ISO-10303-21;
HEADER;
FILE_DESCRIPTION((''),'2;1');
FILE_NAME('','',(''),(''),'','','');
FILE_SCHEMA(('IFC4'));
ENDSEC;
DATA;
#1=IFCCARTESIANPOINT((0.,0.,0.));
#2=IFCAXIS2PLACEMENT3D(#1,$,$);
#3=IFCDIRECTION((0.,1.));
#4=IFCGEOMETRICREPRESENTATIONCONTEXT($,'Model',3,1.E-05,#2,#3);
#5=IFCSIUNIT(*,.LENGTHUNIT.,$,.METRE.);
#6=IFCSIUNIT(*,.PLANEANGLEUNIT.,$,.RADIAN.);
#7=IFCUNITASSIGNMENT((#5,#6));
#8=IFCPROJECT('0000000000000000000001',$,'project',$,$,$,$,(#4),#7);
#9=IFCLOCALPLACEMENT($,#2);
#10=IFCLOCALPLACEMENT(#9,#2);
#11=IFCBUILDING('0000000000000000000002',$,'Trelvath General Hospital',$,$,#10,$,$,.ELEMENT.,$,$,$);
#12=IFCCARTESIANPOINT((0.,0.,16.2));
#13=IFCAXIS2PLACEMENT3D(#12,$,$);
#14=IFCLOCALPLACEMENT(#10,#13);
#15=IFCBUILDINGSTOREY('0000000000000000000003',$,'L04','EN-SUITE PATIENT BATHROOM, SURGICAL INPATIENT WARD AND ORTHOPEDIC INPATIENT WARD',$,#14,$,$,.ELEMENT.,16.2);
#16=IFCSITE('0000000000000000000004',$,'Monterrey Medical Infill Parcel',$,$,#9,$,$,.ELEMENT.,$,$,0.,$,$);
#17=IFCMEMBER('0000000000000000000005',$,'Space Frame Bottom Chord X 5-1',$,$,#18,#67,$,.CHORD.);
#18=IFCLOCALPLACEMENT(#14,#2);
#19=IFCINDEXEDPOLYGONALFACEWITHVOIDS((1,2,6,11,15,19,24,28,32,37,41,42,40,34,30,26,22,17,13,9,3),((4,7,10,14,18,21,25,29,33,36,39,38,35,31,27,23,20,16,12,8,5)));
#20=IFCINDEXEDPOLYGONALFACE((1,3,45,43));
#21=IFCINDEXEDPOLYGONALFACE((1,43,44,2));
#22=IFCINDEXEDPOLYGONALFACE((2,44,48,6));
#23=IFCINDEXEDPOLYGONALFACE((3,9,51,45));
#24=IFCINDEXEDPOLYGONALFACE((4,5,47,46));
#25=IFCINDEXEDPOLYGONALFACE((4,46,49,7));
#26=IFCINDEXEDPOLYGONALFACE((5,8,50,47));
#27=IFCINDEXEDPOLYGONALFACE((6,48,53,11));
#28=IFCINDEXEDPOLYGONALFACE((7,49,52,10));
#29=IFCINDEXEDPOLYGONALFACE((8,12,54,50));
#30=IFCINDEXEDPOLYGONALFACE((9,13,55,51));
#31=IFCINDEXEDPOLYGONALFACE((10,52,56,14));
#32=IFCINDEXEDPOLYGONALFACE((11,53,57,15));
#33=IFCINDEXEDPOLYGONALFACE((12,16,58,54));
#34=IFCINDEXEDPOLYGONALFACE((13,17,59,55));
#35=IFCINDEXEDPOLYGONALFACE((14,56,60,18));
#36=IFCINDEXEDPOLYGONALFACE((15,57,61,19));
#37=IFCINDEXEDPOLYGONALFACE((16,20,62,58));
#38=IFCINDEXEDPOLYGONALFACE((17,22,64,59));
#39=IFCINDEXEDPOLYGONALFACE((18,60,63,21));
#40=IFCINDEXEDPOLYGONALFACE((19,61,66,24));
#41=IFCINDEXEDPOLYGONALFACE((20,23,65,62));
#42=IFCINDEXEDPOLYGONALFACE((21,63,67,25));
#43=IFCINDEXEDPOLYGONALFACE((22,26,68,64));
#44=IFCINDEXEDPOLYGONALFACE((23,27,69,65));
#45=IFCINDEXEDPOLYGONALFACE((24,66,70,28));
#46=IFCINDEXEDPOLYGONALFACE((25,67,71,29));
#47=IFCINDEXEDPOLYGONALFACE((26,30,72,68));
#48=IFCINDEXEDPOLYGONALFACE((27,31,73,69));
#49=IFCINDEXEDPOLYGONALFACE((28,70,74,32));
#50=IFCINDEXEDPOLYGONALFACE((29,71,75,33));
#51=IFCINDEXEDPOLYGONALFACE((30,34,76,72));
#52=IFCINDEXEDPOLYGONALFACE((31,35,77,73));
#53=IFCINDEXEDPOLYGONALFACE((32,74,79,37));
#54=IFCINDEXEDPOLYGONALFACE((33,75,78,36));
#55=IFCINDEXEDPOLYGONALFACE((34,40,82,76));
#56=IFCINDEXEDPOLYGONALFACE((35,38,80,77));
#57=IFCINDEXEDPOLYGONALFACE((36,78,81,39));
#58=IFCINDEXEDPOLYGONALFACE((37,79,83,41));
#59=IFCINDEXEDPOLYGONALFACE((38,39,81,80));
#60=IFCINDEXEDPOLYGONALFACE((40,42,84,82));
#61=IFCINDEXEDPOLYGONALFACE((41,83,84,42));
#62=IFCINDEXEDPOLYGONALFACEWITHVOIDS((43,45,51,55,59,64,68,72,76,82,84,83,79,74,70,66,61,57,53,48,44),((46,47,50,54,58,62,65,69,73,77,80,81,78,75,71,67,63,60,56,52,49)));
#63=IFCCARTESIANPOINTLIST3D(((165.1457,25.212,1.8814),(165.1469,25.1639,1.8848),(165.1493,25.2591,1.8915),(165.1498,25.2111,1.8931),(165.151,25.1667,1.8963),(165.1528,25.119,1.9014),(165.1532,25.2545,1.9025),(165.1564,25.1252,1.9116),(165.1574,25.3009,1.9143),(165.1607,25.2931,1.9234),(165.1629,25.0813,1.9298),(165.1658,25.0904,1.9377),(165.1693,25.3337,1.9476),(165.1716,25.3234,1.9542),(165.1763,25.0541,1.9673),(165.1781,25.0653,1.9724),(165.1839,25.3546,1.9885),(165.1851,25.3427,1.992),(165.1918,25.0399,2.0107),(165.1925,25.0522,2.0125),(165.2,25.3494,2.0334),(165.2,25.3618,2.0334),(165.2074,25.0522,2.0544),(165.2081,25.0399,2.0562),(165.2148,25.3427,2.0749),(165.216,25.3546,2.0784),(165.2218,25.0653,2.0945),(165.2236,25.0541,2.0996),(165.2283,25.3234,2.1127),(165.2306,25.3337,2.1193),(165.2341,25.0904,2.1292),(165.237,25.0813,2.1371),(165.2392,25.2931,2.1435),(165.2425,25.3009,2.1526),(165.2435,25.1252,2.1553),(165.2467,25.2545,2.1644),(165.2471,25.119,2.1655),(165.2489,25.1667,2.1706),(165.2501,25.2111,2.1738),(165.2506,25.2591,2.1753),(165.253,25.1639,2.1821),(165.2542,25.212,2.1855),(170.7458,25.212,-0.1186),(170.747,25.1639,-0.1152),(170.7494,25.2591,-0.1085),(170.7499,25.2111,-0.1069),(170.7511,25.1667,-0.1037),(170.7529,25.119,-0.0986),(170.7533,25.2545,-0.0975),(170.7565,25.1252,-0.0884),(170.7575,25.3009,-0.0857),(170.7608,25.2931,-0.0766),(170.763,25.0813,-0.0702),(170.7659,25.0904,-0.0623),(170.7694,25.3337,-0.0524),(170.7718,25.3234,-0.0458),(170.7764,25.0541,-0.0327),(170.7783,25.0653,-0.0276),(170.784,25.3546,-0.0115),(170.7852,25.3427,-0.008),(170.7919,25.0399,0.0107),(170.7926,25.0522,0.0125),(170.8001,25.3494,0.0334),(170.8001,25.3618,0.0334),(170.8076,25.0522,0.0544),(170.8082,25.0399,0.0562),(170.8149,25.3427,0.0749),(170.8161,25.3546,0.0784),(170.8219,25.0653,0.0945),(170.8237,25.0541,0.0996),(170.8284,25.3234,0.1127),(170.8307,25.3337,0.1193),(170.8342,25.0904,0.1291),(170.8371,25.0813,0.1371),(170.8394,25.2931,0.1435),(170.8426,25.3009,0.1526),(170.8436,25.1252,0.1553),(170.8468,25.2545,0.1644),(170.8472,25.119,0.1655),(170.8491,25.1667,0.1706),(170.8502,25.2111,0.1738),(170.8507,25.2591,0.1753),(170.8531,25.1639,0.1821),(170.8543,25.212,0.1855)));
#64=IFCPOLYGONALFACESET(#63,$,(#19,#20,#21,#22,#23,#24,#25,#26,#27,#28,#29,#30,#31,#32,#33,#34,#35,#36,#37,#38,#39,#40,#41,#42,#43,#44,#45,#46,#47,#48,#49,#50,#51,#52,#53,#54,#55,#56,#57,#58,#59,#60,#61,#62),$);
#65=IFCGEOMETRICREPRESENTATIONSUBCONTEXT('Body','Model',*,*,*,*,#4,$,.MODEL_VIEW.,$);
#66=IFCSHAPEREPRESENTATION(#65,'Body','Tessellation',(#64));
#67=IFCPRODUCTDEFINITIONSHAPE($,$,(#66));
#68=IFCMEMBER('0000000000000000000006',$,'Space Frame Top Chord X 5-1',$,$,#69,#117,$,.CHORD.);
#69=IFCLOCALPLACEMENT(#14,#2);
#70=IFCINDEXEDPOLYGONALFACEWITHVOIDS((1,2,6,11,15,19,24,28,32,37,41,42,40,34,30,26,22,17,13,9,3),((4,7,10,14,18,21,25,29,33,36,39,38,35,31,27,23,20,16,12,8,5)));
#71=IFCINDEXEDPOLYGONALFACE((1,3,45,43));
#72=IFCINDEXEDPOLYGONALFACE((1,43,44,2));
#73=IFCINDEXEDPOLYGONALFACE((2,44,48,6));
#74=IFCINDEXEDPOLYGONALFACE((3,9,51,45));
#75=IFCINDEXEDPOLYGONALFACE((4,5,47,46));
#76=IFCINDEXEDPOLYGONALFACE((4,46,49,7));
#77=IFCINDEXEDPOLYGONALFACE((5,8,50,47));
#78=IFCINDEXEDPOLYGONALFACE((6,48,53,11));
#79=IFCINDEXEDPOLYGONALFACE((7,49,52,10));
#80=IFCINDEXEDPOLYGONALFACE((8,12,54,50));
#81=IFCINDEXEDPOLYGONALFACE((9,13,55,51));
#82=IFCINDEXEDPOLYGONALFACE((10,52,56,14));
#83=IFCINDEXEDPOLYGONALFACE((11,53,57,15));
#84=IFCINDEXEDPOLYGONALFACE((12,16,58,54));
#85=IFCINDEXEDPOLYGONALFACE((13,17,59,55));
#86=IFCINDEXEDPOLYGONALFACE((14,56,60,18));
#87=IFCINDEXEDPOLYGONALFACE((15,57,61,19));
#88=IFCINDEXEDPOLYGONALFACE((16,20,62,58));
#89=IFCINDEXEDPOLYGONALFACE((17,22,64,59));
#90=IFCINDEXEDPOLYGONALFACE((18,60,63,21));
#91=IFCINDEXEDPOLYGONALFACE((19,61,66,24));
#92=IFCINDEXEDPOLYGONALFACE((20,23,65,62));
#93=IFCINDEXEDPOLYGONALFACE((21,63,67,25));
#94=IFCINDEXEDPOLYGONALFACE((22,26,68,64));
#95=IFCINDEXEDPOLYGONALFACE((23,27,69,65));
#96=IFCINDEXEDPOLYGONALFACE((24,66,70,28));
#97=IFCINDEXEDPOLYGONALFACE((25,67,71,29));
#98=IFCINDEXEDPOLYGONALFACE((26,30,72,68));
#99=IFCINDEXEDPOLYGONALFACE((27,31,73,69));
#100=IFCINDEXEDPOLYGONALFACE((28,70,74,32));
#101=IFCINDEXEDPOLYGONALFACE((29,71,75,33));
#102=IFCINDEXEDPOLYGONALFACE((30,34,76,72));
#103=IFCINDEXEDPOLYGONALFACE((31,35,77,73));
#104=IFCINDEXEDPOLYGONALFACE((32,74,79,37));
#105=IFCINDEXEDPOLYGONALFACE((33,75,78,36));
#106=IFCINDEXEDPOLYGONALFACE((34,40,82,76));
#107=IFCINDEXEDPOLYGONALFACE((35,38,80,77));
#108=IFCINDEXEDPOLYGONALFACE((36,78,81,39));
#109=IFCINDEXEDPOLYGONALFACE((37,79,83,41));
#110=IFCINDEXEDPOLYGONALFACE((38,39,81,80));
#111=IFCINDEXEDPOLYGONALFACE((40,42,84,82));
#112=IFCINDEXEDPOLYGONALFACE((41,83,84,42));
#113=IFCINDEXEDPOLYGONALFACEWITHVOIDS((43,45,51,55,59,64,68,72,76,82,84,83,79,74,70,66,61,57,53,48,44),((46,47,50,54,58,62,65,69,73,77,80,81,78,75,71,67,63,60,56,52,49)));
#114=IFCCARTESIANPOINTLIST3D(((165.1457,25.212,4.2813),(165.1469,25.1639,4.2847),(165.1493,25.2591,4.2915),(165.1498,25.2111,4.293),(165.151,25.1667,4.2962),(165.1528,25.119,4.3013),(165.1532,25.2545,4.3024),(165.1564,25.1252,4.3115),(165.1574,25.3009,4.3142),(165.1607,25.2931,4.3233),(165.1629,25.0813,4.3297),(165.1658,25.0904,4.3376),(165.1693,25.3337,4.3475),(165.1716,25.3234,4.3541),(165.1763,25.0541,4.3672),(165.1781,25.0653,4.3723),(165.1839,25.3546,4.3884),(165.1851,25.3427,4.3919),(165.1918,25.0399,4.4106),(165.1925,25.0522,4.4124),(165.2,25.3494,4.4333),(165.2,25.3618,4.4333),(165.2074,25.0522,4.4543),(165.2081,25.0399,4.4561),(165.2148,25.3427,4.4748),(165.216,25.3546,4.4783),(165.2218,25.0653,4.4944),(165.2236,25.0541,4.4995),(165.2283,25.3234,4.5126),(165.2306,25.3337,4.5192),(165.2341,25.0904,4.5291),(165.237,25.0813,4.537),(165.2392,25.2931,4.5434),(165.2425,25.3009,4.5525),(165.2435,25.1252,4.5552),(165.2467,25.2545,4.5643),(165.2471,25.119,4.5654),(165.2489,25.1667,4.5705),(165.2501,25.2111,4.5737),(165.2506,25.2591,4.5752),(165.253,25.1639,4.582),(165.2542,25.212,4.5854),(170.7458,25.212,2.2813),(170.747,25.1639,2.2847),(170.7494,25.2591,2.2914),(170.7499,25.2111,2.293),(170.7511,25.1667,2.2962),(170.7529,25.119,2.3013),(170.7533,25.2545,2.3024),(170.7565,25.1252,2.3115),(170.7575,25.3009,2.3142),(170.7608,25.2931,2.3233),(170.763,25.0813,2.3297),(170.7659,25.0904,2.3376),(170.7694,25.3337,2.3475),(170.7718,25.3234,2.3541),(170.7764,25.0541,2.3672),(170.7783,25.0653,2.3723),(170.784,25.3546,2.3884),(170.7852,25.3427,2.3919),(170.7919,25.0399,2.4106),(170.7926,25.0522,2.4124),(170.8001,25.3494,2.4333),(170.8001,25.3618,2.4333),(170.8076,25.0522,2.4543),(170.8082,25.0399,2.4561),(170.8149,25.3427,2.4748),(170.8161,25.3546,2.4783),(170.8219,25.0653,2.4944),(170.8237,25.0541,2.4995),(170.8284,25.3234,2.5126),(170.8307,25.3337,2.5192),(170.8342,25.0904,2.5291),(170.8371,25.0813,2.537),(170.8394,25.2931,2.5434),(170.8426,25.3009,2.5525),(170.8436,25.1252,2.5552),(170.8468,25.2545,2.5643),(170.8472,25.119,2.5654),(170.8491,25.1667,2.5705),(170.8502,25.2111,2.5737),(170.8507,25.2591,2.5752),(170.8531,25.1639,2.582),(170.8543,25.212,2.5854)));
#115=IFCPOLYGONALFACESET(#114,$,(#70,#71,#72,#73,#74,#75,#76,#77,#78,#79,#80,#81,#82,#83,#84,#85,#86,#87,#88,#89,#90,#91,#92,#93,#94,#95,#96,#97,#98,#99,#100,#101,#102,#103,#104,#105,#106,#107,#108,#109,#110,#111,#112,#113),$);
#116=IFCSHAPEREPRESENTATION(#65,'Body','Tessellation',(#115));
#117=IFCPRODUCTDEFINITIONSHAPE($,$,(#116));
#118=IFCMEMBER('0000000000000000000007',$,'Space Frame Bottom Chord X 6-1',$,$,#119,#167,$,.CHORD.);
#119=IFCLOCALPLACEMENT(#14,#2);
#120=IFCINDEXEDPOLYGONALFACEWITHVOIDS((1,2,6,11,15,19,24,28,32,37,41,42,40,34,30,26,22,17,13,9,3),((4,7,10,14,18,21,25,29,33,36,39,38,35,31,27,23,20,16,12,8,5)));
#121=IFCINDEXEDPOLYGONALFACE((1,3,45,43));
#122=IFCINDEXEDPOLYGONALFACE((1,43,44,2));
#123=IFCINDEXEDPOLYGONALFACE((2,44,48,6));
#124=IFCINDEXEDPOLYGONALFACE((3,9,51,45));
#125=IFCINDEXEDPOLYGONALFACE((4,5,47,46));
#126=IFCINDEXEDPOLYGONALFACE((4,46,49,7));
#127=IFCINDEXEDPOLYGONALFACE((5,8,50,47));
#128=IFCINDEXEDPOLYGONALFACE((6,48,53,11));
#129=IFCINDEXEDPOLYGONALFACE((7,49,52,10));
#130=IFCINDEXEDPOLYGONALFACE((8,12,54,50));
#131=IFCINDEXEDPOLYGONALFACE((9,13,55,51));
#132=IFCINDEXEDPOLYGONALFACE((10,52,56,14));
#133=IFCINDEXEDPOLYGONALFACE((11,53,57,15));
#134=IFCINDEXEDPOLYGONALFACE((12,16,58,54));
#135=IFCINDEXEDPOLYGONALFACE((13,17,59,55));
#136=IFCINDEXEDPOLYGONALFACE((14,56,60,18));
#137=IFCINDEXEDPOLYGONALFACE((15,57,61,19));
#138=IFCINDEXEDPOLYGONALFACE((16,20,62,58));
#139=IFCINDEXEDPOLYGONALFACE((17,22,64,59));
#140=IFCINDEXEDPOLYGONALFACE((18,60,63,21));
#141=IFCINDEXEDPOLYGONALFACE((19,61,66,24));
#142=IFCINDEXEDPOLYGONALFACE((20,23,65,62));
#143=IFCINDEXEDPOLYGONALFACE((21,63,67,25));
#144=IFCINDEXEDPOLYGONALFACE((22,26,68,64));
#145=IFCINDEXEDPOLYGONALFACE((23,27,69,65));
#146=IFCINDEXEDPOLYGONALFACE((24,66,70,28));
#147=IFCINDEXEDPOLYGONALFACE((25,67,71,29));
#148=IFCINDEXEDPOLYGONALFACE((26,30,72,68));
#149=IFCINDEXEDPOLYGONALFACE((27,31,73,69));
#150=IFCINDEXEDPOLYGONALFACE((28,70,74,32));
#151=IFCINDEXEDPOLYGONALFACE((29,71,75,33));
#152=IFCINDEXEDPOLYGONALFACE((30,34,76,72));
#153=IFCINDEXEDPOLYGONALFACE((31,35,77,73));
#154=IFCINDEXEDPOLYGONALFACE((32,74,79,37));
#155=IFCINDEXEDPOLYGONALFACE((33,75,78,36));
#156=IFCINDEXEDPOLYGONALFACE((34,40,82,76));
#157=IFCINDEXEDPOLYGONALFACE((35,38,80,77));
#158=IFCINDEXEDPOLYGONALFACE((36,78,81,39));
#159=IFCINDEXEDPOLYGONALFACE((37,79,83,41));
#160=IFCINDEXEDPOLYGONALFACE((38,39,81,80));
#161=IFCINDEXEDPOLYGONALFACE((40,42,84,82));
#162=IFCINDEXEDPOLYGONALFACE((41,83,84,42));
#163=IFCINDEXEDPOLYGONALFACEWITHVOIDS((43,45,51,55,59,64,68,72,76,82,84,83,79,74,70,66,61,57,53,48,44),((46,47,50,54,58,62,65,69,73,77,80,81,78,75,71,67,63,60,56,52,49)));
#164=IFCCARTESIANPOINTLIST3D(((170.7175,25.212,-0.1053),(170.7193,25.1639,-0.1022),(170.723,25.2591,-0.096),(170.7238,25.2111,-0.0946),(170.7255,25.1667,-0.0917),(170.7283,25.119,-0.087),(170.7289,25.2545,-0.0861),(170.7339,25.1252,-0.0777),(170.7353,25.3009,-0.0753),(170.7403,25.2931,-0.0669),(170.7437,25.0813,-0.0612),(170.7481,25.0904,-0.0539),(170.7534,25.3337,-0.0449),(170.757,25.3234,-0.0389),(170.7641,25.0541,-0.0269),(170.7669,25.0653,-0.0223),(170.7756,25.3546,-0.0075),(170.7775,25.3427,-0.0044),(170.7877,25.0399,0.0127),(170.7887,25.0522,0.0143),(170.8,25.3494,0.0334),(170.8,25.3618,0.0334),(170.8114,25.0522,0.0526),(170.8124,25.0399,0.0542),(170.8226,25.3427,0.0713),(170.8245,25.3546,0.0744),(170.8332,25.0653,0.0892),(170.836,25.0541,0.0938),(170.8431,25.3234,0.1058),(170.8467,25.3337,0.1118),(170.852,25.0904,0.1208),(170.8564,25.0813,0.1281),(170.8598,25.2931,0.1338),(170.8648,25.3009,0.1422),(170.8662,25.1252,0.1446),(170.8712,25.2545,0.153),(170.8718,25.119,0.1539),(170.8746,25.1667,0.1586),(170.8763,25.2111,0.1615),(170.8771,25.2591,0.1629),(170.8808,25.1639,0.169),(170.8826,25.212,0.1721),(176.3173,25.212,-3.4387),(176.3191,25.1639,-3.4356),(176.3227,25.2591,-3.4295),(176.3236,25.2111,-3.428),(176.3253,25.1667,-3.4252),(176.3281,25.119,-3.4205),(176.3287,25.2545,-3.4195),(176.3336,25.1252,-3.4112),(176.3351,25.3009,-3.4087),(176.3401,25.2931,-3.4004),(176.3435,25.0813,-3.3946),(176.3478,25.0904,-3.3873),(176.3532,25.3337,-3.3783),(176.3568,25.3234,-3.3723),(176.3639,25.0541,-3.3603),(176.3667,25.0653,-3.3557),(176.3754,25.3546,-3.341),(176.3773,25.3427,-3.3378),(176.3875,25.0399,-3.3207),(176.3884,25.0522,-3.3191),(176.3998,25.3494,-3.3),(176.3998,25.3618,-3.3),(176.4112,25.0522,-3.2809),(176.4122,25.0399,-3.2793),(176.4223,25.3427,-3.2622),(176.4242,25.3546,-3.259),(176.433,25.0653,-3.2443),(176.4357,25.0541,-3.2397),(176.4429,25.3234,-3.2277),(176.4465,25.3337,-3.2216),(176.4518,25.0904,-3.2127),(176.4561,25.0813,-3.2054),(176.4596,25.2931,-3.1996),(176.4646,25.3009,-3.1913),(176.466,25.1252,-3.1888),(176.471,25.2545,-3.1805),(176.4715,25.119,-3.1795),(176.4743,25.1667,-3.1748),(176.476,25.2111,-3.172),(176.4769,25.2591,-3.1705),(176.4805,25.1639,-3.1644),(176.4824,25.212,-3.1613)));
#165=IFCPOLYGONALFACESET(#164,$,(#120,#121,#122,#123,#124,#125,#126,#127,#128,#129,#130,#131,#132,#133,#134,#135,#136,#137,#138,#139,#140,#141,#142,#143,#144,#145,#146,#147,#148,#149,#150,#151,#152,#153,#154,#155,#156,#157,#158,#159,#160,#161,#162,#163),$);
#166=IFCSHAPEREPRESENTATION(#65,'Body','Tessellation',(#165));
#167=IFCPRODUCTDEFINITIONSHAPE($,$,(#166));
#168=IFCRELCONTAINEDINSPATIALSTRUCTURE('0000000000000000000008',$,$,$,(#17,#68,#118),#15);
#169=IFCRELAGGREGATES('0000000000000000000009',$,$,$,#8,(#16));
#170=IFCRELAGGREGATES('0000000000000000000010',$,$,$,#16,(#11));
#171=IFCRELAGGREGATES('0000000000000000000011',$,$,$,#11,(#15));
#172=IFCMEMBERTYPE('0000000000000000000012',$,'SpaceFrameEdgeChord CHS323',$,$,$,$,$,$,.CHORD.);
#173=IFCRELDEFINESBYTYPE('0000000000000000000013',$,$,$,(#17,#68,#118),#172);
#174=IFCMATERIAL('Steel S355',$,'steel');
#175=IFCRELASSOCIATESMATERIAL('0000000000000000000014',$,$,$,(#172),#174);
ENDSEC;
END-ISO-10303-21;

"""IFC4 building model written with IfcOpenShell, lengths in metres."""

from ifc_helpers import new_model, si_unit, direction, frame, origin, origin_2d, place, context, subcontext, project, spatial, hollow_circle, extrude, material, material_profile, profile_set, type_object, element, save


model = new_model("IFC4")

# Units and contexts
model_context = context("Model", 3, precision=1e-05, world=origin(), true_north=direction((0.0, 1.0)))
body_context = subcontext(model_context, "Body", "Model", "MODEL_VIEW")
ifc_project = project(units=[si_unit("LENGTHUNIT", "METRE"), si_unit("PLANEANGLEUNIT", "RADIAN")], contexts=[model_context])

# Site, building, storey
site_placement = place(None, origin())
site = spatial("IfcSite", under=ifc_project, at=site_placement, Name="Monterrey Medical Infill Parcel", CompositionType="ELEMENT", RefElevation=0.0)
building_placement = place(site_placement, origin())
building = spatial("IfcBuilding", under=site, at=building_placement, Name="Trelvath General Hospital", CompositionType="ELEMENT")
storey_placement = place(building_placement, frame((0.0, 0.0, 16.2)))
storey = spatial("IfcBuildingStorey", under=building, at=storey_placement, Name="L04", Description="EN-SUITE PATIENT BATHROOM, SURGICAL INPATIENT WARD AND ORTHOPEDIC INPATIENT WARD", CompositionType="ELEMENT", Elevation=16.2)

# Members
ifc_material_1 = material(Name="Steel S355", Category="steel")
ifc_material_profile_1 = material_profile(ifc_material_1, hollow_circle(Radius=0.1619, WallThickness=0.0125, at=origin_2d()), Name="CHS323.9x12.5")
ifc_profile_set_1 = profile_set([ifc_material_profile_1], Name="Steel S355")
member_type_1 = type_object("IfcMemberType", Name="SpaceFrameEdgeChord CHS323", PredefinedType="CHORD", material=ifc_profile_set_1)
for number, where, z_axis, x_axis, name in (
    (1, (165.2, 25.2, 2.0334), (0.941744, 0.0, -0.336331), (0.0, 1.0, 0.0), "Space Frame Bottom Chord X 5-1"),
    (2, (165.2, 25.2, 4.4333), (0.941744, 0.0, -0.336331), (0.0, 1.0, 0.0), "Space Frame Top Chord X 5-1"),
):
    element("IfcMember", number, at=place(storey_placement, frame(where, z_axis=z_axis, x_axis=x_axis)), inside=storey, type_object=member_type_1, Name=name, PredefinedType="CHORD", context=body_context, shape_type="SweptSolid", body=[
        extrude(hollow_circle(Radius=0.1619, WallThickness=0.0125, at=origin_2d()), origin(), (0.0, 0.0, 1.0), 5.9465),
    ])
for number, where, z_axis, x_axis, name in (
    (3, (170.8, 25.2, 0.0334), (0.859276, 0.0, -0.511512), (0.0, 1.0, 0.0), "Space Frame Bottom Chord X 6-1"),
):
    element("IfcMember", number, at=place(storey_placement, frame(where, z_axis=z_axis, x_axis=x_axis)), inside=storey, type_object=member_type_1, Name=name, PredefinedType="CHORD", context=body_context, shape_type="SweptSolid", body=[
        extrude(hollow_circle(Radius=0.1619, WallThickness=0.0125, at=origin_2d()), origin(), (0.0, 0.0, 1.0), 6.5168),
    ])

save(model, "model.ifc")
